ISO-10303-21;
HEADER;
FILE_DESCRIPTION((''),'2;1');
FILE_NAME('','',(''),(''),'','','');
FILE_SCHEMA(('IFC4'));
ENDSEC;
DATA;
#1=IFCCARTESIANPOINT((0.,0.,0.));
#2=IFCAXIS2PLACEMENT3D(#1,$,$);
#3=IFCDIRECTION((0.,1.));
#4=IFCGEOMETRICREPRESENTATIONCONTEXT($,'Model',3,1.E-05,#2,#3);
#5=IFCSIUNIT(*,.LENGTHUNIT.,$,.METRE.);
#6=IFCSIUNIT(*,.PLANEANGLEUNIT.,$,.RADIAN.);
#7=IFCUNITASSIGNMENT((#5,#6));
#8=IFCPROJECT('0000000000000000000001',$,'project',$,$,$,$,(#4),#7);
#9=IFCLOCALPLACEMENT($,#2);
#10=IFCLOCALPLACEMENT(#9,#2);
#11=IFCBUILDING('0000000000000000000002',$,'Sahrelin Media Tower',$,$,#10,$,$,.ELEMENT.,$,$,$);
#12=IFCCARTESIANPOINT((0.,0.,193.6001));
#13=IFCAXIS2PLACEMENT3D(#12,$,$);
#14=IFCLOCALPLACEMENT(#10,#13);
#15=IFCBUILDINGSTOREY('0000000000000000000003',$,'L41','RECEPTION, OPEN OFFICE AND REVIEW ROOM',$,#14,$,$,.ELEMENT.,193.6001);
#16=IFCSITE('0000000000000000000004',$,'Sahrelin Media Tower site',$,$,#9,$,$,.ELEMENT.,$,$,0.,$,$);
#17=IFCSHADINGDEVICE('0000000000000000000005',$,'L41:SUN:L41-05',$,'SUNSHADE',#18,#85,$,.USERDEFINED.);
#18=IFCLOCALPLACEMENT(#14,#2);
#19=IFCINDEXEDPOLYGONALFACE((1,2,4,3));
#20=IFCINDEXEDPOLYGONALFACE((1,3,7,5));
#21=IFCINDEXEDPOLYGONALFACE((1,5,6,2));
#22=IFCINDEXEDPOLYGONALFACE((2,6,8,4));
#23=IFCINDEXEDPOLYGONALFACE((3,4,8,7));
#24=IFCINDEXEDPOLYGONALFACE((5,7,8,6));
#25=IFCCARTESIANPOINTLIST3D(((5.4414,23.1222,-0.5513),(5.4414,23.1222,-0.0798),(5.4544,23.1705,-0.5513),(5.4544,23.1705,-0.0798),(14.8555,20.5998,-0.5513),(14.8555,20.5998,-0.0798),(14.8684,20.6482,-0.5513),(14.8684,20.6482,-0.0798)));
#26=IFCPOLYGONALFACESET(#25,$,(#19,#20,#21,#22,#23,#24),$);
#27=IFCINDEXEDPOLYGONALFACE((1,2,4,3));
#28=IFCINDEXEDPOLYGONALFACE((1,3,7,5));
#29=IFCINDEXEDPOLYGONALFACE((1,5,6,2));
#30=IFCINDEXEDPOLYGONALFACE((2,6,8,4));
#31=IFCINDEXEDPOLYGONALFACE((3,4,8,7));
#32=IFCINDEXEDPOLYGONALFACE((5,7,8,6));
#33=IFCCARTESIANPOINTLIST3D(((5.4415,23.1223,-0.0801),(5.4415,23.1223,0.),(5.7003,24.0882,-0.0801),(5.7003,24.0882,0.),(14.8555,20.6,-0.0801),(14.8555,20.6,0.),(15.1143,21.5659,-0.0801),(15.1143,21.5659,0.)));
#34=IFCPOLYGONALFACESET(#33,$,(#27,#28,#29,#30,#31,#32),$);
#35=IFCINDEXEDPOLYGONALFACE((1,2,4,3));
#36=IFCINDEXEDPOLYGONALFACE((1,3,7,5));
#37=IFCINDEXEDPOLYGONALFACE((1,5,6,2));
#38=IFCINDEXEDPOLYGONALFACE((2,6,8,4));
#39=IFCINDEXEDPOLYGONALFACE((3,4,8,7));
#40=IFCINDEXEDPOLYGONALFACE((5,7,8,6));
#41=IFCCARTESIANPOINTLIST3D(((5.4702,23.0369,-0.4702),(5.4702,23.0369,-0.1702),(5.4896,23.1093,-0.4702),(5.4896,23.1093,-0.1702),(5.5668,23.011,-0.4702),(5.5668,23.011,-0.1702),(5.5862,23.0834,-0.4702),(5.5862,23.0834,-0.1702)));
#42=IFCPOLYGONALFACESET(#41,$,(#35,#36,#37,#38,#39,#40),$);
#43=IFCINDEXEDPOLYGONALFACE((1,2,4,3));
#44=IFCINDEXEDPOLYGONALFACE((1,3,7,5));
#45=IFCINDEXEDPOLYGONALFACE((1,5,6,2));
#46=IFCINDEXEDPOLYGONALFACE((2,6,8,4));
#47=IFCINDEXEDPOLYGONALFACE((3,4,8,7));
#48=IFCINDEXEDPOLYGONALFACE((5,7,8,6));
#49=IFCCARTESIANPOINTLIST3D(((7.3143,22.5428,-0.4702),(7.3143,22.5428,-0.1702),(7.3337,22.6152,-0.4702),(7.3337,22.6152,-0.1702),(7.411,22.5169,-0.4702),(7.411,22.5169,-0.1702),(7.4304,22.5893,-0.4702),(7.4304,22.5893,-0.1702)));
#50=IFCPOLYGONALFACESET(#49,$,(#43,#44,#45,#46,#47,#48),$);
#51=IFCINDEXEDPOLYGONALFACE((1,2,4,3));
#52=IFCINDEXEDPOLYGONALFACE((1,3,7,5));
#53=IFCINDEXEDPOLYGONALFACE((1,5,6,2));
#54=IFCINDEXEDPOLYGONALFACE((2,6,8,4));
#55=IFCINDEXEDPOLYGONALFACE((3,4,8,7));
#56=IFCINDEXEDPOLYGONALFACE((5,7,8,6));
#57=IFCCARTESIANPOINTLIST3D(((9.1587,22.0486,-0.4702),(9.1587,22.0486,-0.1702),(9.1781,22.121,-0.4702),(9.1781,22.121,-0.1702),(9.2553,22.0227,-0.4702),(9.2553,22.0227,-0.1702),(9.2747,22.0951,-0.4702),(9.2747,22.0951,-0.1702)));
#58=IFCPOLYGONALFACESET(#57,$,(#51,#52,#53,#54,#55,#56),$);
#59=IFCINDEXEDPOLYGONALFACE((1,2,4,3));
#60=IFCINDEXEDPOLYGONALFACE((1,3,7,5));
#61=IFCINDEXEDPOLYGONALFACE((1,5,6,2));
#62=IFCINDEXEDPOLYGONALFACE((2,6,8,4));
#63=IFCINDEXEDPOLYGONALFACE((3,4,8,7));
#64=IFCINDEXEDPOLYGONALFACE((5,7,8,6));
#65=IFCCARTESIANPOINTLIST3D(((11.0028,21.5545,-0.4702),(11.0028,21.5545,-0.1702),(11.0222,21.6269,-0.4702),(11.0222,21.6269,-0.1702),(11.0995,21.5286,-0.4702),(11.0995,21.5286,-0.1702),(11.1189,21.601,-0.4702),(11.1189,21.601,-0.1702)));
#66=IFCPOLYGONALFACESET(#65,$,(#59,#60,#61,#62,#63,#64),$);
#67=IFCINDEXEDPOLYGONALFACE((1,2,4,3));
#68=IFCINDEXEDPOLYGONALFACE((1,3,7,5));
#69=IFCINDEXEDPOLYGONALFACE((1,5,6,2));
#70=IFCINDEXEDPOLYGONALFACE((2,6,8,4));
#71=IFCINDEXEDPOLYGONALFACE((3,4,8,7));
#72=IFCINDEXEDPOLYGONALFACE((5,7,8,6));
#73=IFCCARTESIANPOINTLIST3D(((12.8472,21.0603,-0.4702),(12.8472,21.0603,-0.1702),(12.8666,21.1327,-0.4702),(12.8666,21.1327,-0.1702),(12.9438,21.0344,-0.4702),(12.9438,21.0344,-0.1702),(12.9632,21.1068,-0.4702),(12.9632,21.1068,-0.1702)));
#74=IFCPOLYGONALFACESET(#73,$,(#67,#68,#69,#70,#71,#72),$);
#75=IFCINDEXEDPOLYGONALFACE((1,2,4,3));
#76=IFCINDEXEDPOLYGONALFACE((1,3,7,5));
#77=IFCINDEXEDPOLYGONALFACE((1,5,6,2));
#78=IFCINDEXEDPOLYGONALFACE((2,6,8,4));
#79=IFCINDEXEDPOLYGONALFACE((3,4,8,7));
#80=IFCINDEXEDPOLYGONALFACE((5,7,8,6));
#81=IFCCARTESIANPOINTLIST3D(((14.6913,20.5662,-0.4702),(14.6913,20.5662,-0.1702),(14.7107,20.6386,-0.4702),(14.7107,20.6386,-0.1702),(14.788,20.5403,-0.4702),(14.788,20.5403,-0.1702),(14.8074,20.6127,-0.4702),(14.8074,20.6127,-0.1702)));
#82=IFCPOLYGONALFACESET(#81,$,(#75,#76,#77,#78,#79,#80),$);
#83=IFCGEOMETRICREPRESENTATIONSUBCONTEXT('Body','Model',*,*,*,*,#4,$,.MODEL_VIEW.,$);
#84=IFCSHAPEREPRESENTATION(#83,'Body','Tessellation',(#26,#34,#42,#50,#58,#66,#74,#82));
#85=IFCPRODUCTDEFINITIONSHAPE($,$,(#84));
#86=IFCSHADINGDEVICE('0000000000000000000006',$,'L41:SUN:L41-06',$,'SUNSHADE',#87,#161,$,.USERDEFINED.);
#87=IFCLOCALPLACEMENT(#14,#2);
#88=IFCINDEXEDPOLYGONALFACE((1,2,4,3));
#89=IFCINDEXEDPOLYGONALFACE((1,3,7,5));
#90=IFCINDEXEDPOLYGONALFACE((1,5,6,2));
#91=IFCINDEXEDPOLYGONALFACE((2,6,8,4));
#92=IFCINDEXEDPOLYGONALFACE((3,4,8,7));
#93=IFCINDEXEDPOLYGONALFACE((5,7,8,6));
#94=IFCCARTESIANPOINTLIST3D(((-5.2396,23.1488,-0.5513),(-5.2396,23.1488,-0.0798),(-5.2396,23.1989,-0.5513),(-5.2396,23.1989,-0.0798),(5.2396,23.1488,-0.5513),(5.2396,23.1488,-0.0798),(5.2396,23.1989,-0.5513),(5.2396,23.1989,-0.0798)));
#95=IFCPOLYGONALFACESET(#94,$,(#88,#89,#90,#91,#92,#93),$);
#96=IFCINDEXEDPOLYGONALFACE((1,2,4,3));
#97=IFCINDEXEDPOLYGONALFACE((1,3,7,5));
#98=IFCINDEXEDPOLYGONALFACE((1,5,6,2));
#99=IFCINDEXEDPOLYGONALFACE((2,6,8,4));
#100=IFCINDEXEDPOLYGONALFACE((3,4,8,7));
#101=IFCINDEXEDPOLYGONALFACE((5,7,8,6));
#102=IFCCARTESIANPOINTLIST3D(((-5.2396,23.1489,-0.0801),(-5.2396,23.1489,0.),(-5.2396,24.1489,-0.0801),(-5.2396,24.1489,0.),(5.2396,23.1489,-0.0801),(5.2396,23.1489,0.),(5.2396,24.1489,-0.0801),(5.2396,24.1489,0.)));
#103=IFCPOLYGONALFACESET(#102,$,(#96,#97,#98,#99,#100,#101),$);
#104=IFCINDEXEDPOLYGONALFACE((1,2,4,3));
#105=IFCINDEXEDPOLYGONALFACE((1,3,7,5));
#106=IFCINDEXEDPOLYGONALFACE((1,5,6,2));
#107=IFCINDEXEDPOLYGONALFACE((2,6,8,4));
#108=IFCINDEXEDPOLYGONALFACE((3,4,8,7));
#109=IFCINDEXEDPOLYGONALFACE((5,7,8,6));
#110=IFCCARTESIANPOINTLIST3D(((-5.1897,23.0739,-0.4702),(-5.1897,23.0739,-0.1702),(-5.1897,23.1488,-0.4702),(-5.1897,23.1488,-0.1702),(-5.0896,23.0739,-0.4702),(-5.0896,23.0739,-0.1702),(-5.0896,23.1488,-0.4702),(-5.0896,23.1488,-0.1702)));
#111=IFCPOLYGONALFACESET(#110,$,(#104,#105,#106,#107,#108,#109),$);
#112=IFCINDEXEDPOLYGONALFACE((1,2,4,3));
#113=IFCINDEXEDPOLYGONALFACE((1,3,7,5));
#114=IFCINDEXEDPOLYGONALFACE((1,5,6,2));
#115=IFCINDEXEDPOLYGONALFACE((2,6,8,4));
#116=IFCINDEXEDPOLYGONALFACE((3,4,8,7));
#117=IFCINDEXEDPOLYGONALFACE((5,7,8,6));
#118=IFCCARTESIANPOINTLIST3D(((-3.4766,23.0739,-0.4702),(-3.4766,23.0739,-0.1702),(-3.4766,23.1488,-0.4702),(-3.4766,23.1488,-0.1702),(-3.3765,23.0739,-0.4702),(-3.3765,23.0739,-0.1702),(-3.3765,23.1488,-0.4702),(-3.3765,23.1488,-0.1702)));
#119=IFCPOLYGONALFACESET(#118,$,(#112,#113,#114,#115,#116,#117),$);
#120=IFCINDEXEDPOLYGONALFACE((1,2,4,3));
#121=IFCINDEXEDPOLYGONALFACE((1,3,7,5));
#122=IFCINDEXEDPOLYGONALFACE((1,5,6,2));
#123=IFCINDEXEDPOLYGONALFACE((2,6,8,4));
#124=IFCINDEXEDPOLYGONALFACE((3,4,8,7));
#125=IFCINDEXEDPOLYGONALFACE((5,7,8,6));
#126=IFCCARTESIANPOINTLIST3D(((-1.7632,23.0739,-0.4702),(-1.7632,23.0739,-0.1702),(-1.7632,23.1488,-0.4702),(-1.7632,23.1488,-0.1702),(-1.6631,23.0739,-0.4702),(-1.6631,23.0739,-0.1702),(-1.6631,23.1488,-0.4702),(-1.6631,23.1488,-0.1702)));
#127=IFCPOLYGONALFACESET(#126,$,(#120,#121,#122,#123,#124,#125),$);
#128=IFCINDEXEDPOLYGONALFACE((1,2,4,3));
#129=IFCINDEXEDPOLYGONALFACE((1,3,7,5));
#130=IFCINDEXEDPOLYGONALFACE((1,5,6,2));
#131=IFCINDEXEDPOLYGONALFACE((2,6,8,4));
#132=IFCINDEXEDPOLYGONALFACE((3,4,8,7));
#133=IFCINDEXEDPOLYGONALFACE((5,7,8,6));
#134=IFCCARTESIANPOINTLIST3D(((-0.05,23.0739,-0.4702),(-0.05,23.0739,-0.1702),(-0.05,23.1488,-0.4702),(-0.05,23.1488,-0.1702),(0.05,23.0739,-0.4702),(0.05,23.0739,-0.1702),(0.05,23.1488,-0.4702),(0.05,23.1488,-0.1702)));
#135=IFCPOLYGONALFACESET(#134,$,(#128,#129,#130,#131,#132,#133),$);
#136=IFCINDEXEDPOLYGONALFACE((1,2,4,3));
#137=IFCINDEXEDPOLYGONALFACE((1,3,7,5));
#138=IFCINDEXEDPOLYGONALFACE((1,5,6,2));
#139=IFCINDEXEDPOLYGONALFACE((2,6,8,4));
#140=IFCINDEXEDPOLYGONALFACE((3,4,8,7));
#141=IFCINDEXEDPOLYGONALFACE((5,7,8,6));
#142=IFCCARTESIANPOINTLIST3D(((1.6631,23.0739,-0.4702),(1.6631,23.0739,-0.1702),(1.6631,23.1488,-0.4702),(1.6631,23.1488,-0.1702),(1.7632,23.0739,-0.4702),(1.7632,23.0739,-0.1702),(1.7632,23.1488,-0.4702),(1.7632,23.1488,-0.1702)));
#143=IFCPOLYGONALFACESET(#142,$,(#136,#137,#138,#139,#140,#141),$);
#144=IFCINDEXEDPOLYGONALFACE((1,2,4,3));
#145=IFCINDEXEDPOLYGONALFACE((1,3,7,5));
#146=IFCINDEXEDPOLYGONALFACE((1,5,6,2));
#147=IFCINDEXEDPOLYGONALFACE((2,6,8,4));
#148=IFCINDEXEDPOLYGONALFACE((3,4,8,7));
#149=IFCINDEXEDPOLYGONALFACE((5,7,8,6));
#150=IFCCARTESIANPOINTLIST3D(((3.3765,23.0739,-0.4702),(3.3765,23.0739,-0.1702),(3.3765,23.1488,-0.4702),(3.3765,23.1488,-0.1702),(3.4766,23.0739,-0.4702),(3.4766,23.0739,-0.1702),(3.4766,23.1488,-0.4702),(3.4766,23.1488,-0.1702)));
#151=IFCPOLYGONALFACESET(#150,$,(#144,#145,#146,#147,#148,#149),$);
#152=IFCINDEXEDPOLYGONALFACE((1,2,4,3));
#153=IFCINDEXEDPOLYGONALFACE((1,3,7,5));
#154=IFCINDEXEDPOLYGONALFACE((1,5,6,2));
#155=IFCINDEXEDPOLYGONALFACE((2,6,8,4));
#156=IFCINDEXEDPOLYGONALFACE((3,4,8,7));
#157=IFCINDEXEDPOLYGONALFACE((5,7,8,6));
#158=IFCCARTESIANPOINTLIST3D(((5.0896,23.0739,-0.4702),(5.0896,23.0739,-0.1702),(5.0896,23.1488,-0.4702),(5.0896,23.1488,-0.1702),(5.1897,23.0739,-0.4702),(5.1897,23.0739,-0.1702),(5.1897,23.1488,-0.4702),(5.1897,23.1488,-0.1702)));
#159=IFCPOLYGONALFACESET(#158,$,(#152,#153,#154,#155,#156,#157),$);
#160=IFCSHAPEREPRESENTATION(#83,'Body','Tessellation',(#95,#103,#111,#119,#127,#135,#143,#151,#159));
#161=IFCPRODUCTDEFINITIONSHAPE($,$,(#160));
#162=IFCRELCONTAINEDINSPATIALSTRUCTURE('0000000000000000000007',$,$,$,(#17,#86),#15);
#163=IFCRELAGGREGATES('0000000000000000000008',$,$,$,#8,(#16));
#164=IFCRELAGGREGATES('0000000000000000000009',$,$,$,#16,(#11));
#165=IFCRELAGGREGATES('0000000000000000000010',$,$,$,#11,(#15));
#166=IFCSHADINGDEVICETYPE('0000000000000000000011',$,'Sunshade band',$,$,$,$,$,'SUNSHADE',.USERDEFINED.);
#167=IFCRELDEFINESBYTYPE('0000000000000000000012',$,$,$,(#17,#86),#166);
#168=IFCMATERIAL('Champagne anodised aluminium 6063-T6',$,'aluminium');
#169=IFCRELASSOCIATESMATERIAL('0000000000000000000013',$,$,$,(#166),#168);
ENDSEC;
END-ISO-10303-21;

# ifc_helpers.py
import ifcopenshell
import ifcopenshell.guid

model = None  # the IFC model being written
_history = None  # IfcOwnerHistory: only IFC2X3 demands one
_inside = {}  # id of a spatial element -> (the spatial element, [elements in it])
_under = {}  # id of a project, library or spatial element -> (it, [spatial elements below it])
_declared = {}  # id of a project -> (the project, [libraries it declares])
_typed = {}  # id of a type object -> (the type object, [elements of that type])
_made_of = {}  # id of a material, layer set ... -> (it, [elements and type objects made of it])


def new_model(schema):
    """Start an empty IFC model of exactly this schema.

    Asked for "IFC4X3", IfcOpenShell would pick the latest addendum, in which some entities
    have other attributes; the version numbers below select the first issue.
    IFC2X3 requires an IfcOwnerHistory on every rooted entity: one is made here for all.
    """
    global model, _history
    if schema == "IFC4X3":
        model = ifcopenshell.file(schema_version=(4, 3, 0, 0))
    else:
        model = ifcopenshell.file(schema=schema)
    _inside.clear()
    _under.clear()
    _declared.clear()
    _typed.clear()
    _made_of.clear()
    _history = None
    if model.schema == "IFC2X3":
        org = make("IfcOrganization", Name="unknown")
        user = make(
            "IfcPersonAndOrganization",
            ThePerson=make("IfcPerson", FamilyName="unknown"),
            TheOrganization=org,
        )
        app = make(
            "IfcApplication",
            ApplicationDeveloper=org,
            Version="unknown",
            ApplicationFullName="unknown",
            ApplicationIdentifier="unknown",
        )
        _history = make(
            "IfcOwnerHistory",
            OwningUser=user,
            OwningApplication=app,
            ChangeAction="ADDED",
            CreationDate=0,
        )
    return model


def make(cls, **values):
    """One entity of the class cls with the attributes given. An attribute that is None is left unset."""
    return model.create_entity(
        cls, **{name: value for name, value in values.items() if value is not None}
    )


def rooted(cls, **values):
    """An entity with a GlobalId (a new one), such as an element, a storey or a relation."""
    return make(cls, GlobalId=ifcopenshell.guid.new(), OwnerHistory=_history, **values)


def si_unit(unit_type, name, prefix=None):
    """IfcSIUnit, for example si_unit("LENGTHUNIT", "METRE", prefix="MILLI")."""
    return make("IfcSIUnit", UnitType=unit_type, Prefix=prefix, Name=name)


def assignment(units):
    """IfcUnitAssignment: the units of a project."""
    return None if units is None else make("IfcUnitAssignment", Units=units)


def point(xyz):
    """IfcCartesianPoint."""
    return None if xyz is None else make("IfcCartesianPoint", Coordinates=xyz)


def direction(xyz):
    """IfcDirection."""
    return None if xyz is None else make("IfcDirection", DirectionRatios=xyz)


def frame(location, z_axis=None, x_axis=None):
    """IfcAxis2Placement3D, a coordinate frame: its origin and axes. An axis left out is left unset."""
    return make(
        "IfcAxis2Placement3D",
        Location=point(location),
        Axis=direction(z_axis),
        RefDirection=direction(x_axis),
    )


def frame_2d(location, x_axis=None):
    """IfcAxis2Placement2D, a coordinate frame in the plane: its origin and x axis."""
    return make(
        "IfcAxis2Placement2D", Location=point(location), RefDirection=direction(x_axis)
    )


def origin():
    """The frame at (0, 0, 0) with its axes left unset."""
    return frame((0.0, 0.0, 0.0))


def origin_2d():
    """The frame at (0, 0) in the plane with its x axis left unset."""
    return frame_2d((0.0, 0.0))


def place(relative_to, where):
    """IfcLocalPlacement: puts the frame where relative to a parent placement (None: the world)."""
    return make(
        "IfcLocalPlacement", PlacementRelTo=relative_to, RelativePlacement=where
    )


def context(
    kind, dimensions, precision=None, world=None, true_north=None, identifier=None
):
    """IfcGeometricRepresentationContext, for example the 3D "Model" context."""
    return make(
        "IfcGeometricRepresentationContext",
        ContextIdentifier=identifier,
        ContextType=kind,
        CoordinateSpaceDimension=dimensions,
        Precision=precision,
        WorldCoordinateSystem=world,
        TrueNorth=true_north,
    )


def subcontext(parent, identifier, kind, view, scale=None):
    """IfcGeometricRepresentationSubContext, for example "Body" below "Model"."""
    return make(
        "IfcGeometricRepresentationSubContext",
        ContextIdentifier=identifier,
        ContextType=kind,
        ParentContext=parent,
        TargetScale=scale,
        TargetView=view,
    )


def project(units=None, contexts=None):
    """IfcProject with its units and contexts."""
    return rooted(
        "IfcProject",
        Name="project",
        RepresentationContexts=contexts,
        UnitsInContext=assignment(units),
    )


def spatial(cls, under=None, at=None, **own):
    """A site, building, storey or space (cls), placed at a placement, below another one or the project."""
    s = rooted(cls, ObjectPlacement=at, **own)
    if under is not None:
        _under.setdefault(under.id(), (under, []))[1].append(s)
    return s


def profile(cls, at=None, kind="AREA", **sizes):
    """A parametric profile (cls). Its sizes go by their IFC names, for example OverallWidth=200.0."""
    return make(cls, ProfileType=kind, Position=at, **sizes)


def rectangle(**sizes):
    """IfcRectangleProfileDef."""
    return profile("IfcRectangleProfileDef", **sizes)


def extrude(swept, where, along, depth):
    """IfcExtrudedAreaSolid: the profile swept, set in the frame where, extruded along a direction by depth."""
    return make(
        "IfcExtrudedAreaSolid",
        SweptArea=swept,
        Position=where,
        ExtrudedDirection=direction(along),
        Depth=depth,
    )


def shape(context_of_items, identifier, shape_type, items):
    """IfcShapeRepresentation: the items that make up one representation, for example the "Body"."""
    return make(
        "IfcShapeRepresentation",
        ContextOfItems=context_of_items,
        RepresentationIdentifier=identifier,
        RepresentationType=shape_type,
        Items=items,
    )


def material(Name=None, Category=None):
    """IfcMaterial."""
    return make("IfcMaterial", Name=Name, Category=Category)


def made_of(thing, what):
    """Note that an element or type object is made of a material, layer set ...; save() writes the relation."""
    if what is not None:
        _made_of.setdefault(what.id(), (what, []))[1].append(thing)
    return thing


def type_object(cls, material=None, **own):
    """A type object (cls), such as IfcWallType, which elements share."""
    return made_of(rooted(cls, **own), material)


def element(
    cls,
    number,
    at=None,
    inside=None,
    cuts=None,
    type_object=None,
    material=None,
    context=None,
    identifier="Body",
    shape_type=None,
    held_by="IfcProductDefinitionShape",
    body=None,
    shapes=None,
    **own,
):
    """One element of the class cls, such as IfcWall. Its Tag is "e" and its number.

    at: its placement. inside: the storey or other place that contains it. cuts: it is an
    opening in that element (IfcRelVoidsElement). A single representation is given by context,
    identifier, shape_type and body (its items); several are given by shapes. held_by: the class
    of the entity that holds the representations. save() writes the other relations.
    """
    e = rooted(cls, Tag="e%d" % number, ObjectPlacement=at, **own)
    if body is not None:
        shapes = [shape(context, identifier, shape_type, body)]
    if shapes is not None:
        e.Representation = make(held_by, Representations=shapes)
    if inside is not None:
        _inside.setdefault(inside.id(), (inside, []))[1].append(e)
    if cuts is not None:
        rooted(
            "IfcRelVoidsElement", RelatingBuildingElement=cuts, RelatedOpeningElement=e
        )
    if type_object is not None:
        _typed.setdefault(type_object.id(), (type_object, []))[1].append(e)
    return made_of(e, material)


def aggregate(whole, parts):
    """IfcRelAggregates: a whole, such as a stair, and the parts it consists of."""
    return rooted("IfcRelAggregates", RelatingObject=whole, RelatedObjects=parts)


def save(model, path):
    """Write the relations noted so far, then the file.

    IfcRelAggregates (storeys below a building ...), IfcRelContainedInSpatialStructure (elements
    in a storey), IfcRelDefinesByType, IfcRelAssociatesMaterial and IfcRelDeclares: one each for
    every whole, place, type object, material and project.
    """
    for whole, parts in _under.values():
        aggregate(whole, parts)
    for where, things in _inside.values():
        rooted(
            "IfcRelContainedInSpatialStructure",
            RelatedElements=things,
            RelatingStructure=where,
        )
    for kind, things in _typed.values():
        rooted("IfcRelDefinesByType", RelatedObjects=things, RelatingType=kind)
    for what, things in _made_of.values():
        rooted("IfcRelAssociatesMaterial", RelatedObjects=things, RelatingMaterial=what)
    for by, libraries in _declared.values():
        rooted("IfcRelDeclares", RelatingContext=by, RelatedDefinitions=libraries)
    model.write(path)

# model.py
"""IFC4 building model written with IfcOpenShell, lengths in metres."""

from ifc_helpers import new_model, si_unit, direction, frame, origin, origin_2d, place, context, subcontext, project, spatial, rectangle, extrude, material, type_object, element, save


model = new_model("IFC4")

# Units and contexts
model_context = context("Model", 3, precision=1e-05, world=origin(), true_north=direction((0.0, 1.0)))
body_context = subcontext(model_context, "Body", "Model", "MODEL_VIEW")
ifc_project = project(units=[si_unit("LENGTHUNIT", "METRE"), si_unit("PLANEANGLEUNIT", "RADIAN")], contexts=[model_context])

# Site, building, storey
site_placement = place(None, origin())
site = spatial("IfcSite", under=ifc_project, at=site_placement, Name="Sahrelin Media Tower site", CompositionType="ELEMENT", RefElevation=0.0)
building_placement = place(site_placement, origin())
building = spatial("IfcBuilding", under=site, at=building_placement, Name="Sahrelin Media Tower", CompositionType="ELEMENT")
storey_placement = place(building_placement, frame((0.0, 0.0, 193.6001)))
storey = spatial("IfcBuildingStorey", under=building, at=storey_placement, Name="L41", Description="RECEPTION, OPEN OFFICE AND REVIEW ROOM", CompositionType="ELEMENT", Elevation=193.6001)

# Shared definitions
ifc_material_1 = material(Name="Champagne anodised aluminium 6063-T6", Category="aluminium")
placement_1 = place(storey_placement, frame((0.0, 23.1289, 0.0), z_axis=(0.0, 0.0, 1.0), x_axis=(1.0, 0.0, 0.0)))

# Shading devices
placement_2 = place(storey_placement, frame((10.1433, 21.8418, 0.0), z_axis=(0.0, 0.0, 1.0), x_axis=(0.965929, -0.258808, 0.0)))
shading_device_type_1 = type_object("IfcShadingDeviceType", Name="Sunshade band", ElementType="SUNSHADE", PredefinedType="USERDEFINED", material=ifc_material_1)
element("IfcShadingDevice", 1, at=placement_2, inside=storey, type_object=shading_device_type_1, Name="L41:SUN:L41-05", ObjectType="SUNSHADE", PredefinedType="USERDEFINED", context=body_context, shape_type="SweptSolid", body=[
    extrude(rectangle(XDim=9.7461, YDim=0.05, at=origin_2d()), frame((0.0, 0.0449, -0.5513)), (0.0, 0.0, 1.0), 0.4714),
    extrude(rectangle(XDim=9.7461, YDim=1.0, at=origin_2d()), frame((0.0, 0.52, -0.0801)), (0.0, 0.0, 1.0), 0.0801),
    extrude(rectangle(XDim=0.1001, YDim=0.075, at=origin_2d()), frame((-4.7732, -0.0176, -0.4702)), (0.0, 0.0, 1.0), 0.3),
    extrude(rectangle(XDim=0.1001, YDim=0.075, at=origin_2d()), frame((-2.864, -0.0176, -0.4702)), (0.0, 0.0, 1.0), 0.3),
    extrude(rectangle(XDim=0.1001, YDim=0.075, at=origin_2d()), frame((-0.9546, -0.0176, -0.4702)), (0.0, 0.0, 1.0), 0.3),
    extrude(rectangle(XDim=0.1001, YDim=0.075, at=origin_2d()), frame((0.9546, -0.0176, -0.4702)), (0.0, 0.0, 1.0), 0.3),
    extrude(rectangle(XDim=0.1001, YDim=0.075, at=origin_2d()), frame((2.864, -0.0176, -0.4702)), (0.0, 0.0, 1.0), 0.3),
    extrude(rectangle(XDim=0.1001, YDim=0.075, at=origin_2d()), frame((4.7732, -0.0176, -0.4702)), (0.0, 0.0, 1.0), 0.3),
])
element("IfcShadingDevice", 2, at=placement_1, inside=storey, type_object=shading_device_type_1, Name="L41:SUN:L41-06", ObjectType="SUNSHADE", PredefinedType="USERDEFINED", context=body_context, shape_type="SweptSolid", body=[
    extrude(rectangle(XDim=10.4792, YDim=0.05, at=origin_2d()), frame((0.0, 0.0449, -0.5513)), (0.0, 0.0, 1.0), 0.4714),
    extrude(rectangle(XDim=10.4792, YDim=1.0, at=origin_2d()), frame((0.0, 0.52, -0.0801)), (0.0, 0.0, 1.0), 0.0801),
    extrude(rectangle(XDim=0.1001, YDim=0.075, at=origin_2d()), frame((-5.1396, -0.0176, -0.4702)), (0.0, 0.0, 1.0), 0.3),
    extrude(rectangle(XDim=0.1001, YDim=0.075, at=origin_2d()), frame((-3.4265, -0.0176, -0.4702)), (0.0, 0.0, 1.0), 0.3),
    extrude(rectangle(XDim=0.1001, YDim=0.075, at=origin_2d()), frame((-1.7131, -0.0176, -0.4702)), (0.0, 0.0, 1.0), 0.3),
    extrude(rectangle(XDim=0.1001, YDim=0.075, at=origin_2d()), frame((0.0, -0.0176, -0.4702)), (0.0, 0.0, 1.0), 0.3),
    extrude(rectangle(XDim=0.1001, YDim=0.075, at=origin_2d()), frame((1.7131, -0.0176, -0.4702)), (0.0, 0.0, 1.0), 0.3),
    extrude(rectangle(XDim=0.1001, YDim=0.075, at=origin_2d()), frame((3.4265, -0.0176, -0.4702)), (0.0, 0.0, 1.0), 0.3),
    extrude(rectangle(XDim=0.1001, YDim=0.075, at=origin_2d()), frame((5.1396, -0.0176, -0.4702)), (0.0, 0.0, 1.0), 0.3),
])

save(model, "model.ifc")
